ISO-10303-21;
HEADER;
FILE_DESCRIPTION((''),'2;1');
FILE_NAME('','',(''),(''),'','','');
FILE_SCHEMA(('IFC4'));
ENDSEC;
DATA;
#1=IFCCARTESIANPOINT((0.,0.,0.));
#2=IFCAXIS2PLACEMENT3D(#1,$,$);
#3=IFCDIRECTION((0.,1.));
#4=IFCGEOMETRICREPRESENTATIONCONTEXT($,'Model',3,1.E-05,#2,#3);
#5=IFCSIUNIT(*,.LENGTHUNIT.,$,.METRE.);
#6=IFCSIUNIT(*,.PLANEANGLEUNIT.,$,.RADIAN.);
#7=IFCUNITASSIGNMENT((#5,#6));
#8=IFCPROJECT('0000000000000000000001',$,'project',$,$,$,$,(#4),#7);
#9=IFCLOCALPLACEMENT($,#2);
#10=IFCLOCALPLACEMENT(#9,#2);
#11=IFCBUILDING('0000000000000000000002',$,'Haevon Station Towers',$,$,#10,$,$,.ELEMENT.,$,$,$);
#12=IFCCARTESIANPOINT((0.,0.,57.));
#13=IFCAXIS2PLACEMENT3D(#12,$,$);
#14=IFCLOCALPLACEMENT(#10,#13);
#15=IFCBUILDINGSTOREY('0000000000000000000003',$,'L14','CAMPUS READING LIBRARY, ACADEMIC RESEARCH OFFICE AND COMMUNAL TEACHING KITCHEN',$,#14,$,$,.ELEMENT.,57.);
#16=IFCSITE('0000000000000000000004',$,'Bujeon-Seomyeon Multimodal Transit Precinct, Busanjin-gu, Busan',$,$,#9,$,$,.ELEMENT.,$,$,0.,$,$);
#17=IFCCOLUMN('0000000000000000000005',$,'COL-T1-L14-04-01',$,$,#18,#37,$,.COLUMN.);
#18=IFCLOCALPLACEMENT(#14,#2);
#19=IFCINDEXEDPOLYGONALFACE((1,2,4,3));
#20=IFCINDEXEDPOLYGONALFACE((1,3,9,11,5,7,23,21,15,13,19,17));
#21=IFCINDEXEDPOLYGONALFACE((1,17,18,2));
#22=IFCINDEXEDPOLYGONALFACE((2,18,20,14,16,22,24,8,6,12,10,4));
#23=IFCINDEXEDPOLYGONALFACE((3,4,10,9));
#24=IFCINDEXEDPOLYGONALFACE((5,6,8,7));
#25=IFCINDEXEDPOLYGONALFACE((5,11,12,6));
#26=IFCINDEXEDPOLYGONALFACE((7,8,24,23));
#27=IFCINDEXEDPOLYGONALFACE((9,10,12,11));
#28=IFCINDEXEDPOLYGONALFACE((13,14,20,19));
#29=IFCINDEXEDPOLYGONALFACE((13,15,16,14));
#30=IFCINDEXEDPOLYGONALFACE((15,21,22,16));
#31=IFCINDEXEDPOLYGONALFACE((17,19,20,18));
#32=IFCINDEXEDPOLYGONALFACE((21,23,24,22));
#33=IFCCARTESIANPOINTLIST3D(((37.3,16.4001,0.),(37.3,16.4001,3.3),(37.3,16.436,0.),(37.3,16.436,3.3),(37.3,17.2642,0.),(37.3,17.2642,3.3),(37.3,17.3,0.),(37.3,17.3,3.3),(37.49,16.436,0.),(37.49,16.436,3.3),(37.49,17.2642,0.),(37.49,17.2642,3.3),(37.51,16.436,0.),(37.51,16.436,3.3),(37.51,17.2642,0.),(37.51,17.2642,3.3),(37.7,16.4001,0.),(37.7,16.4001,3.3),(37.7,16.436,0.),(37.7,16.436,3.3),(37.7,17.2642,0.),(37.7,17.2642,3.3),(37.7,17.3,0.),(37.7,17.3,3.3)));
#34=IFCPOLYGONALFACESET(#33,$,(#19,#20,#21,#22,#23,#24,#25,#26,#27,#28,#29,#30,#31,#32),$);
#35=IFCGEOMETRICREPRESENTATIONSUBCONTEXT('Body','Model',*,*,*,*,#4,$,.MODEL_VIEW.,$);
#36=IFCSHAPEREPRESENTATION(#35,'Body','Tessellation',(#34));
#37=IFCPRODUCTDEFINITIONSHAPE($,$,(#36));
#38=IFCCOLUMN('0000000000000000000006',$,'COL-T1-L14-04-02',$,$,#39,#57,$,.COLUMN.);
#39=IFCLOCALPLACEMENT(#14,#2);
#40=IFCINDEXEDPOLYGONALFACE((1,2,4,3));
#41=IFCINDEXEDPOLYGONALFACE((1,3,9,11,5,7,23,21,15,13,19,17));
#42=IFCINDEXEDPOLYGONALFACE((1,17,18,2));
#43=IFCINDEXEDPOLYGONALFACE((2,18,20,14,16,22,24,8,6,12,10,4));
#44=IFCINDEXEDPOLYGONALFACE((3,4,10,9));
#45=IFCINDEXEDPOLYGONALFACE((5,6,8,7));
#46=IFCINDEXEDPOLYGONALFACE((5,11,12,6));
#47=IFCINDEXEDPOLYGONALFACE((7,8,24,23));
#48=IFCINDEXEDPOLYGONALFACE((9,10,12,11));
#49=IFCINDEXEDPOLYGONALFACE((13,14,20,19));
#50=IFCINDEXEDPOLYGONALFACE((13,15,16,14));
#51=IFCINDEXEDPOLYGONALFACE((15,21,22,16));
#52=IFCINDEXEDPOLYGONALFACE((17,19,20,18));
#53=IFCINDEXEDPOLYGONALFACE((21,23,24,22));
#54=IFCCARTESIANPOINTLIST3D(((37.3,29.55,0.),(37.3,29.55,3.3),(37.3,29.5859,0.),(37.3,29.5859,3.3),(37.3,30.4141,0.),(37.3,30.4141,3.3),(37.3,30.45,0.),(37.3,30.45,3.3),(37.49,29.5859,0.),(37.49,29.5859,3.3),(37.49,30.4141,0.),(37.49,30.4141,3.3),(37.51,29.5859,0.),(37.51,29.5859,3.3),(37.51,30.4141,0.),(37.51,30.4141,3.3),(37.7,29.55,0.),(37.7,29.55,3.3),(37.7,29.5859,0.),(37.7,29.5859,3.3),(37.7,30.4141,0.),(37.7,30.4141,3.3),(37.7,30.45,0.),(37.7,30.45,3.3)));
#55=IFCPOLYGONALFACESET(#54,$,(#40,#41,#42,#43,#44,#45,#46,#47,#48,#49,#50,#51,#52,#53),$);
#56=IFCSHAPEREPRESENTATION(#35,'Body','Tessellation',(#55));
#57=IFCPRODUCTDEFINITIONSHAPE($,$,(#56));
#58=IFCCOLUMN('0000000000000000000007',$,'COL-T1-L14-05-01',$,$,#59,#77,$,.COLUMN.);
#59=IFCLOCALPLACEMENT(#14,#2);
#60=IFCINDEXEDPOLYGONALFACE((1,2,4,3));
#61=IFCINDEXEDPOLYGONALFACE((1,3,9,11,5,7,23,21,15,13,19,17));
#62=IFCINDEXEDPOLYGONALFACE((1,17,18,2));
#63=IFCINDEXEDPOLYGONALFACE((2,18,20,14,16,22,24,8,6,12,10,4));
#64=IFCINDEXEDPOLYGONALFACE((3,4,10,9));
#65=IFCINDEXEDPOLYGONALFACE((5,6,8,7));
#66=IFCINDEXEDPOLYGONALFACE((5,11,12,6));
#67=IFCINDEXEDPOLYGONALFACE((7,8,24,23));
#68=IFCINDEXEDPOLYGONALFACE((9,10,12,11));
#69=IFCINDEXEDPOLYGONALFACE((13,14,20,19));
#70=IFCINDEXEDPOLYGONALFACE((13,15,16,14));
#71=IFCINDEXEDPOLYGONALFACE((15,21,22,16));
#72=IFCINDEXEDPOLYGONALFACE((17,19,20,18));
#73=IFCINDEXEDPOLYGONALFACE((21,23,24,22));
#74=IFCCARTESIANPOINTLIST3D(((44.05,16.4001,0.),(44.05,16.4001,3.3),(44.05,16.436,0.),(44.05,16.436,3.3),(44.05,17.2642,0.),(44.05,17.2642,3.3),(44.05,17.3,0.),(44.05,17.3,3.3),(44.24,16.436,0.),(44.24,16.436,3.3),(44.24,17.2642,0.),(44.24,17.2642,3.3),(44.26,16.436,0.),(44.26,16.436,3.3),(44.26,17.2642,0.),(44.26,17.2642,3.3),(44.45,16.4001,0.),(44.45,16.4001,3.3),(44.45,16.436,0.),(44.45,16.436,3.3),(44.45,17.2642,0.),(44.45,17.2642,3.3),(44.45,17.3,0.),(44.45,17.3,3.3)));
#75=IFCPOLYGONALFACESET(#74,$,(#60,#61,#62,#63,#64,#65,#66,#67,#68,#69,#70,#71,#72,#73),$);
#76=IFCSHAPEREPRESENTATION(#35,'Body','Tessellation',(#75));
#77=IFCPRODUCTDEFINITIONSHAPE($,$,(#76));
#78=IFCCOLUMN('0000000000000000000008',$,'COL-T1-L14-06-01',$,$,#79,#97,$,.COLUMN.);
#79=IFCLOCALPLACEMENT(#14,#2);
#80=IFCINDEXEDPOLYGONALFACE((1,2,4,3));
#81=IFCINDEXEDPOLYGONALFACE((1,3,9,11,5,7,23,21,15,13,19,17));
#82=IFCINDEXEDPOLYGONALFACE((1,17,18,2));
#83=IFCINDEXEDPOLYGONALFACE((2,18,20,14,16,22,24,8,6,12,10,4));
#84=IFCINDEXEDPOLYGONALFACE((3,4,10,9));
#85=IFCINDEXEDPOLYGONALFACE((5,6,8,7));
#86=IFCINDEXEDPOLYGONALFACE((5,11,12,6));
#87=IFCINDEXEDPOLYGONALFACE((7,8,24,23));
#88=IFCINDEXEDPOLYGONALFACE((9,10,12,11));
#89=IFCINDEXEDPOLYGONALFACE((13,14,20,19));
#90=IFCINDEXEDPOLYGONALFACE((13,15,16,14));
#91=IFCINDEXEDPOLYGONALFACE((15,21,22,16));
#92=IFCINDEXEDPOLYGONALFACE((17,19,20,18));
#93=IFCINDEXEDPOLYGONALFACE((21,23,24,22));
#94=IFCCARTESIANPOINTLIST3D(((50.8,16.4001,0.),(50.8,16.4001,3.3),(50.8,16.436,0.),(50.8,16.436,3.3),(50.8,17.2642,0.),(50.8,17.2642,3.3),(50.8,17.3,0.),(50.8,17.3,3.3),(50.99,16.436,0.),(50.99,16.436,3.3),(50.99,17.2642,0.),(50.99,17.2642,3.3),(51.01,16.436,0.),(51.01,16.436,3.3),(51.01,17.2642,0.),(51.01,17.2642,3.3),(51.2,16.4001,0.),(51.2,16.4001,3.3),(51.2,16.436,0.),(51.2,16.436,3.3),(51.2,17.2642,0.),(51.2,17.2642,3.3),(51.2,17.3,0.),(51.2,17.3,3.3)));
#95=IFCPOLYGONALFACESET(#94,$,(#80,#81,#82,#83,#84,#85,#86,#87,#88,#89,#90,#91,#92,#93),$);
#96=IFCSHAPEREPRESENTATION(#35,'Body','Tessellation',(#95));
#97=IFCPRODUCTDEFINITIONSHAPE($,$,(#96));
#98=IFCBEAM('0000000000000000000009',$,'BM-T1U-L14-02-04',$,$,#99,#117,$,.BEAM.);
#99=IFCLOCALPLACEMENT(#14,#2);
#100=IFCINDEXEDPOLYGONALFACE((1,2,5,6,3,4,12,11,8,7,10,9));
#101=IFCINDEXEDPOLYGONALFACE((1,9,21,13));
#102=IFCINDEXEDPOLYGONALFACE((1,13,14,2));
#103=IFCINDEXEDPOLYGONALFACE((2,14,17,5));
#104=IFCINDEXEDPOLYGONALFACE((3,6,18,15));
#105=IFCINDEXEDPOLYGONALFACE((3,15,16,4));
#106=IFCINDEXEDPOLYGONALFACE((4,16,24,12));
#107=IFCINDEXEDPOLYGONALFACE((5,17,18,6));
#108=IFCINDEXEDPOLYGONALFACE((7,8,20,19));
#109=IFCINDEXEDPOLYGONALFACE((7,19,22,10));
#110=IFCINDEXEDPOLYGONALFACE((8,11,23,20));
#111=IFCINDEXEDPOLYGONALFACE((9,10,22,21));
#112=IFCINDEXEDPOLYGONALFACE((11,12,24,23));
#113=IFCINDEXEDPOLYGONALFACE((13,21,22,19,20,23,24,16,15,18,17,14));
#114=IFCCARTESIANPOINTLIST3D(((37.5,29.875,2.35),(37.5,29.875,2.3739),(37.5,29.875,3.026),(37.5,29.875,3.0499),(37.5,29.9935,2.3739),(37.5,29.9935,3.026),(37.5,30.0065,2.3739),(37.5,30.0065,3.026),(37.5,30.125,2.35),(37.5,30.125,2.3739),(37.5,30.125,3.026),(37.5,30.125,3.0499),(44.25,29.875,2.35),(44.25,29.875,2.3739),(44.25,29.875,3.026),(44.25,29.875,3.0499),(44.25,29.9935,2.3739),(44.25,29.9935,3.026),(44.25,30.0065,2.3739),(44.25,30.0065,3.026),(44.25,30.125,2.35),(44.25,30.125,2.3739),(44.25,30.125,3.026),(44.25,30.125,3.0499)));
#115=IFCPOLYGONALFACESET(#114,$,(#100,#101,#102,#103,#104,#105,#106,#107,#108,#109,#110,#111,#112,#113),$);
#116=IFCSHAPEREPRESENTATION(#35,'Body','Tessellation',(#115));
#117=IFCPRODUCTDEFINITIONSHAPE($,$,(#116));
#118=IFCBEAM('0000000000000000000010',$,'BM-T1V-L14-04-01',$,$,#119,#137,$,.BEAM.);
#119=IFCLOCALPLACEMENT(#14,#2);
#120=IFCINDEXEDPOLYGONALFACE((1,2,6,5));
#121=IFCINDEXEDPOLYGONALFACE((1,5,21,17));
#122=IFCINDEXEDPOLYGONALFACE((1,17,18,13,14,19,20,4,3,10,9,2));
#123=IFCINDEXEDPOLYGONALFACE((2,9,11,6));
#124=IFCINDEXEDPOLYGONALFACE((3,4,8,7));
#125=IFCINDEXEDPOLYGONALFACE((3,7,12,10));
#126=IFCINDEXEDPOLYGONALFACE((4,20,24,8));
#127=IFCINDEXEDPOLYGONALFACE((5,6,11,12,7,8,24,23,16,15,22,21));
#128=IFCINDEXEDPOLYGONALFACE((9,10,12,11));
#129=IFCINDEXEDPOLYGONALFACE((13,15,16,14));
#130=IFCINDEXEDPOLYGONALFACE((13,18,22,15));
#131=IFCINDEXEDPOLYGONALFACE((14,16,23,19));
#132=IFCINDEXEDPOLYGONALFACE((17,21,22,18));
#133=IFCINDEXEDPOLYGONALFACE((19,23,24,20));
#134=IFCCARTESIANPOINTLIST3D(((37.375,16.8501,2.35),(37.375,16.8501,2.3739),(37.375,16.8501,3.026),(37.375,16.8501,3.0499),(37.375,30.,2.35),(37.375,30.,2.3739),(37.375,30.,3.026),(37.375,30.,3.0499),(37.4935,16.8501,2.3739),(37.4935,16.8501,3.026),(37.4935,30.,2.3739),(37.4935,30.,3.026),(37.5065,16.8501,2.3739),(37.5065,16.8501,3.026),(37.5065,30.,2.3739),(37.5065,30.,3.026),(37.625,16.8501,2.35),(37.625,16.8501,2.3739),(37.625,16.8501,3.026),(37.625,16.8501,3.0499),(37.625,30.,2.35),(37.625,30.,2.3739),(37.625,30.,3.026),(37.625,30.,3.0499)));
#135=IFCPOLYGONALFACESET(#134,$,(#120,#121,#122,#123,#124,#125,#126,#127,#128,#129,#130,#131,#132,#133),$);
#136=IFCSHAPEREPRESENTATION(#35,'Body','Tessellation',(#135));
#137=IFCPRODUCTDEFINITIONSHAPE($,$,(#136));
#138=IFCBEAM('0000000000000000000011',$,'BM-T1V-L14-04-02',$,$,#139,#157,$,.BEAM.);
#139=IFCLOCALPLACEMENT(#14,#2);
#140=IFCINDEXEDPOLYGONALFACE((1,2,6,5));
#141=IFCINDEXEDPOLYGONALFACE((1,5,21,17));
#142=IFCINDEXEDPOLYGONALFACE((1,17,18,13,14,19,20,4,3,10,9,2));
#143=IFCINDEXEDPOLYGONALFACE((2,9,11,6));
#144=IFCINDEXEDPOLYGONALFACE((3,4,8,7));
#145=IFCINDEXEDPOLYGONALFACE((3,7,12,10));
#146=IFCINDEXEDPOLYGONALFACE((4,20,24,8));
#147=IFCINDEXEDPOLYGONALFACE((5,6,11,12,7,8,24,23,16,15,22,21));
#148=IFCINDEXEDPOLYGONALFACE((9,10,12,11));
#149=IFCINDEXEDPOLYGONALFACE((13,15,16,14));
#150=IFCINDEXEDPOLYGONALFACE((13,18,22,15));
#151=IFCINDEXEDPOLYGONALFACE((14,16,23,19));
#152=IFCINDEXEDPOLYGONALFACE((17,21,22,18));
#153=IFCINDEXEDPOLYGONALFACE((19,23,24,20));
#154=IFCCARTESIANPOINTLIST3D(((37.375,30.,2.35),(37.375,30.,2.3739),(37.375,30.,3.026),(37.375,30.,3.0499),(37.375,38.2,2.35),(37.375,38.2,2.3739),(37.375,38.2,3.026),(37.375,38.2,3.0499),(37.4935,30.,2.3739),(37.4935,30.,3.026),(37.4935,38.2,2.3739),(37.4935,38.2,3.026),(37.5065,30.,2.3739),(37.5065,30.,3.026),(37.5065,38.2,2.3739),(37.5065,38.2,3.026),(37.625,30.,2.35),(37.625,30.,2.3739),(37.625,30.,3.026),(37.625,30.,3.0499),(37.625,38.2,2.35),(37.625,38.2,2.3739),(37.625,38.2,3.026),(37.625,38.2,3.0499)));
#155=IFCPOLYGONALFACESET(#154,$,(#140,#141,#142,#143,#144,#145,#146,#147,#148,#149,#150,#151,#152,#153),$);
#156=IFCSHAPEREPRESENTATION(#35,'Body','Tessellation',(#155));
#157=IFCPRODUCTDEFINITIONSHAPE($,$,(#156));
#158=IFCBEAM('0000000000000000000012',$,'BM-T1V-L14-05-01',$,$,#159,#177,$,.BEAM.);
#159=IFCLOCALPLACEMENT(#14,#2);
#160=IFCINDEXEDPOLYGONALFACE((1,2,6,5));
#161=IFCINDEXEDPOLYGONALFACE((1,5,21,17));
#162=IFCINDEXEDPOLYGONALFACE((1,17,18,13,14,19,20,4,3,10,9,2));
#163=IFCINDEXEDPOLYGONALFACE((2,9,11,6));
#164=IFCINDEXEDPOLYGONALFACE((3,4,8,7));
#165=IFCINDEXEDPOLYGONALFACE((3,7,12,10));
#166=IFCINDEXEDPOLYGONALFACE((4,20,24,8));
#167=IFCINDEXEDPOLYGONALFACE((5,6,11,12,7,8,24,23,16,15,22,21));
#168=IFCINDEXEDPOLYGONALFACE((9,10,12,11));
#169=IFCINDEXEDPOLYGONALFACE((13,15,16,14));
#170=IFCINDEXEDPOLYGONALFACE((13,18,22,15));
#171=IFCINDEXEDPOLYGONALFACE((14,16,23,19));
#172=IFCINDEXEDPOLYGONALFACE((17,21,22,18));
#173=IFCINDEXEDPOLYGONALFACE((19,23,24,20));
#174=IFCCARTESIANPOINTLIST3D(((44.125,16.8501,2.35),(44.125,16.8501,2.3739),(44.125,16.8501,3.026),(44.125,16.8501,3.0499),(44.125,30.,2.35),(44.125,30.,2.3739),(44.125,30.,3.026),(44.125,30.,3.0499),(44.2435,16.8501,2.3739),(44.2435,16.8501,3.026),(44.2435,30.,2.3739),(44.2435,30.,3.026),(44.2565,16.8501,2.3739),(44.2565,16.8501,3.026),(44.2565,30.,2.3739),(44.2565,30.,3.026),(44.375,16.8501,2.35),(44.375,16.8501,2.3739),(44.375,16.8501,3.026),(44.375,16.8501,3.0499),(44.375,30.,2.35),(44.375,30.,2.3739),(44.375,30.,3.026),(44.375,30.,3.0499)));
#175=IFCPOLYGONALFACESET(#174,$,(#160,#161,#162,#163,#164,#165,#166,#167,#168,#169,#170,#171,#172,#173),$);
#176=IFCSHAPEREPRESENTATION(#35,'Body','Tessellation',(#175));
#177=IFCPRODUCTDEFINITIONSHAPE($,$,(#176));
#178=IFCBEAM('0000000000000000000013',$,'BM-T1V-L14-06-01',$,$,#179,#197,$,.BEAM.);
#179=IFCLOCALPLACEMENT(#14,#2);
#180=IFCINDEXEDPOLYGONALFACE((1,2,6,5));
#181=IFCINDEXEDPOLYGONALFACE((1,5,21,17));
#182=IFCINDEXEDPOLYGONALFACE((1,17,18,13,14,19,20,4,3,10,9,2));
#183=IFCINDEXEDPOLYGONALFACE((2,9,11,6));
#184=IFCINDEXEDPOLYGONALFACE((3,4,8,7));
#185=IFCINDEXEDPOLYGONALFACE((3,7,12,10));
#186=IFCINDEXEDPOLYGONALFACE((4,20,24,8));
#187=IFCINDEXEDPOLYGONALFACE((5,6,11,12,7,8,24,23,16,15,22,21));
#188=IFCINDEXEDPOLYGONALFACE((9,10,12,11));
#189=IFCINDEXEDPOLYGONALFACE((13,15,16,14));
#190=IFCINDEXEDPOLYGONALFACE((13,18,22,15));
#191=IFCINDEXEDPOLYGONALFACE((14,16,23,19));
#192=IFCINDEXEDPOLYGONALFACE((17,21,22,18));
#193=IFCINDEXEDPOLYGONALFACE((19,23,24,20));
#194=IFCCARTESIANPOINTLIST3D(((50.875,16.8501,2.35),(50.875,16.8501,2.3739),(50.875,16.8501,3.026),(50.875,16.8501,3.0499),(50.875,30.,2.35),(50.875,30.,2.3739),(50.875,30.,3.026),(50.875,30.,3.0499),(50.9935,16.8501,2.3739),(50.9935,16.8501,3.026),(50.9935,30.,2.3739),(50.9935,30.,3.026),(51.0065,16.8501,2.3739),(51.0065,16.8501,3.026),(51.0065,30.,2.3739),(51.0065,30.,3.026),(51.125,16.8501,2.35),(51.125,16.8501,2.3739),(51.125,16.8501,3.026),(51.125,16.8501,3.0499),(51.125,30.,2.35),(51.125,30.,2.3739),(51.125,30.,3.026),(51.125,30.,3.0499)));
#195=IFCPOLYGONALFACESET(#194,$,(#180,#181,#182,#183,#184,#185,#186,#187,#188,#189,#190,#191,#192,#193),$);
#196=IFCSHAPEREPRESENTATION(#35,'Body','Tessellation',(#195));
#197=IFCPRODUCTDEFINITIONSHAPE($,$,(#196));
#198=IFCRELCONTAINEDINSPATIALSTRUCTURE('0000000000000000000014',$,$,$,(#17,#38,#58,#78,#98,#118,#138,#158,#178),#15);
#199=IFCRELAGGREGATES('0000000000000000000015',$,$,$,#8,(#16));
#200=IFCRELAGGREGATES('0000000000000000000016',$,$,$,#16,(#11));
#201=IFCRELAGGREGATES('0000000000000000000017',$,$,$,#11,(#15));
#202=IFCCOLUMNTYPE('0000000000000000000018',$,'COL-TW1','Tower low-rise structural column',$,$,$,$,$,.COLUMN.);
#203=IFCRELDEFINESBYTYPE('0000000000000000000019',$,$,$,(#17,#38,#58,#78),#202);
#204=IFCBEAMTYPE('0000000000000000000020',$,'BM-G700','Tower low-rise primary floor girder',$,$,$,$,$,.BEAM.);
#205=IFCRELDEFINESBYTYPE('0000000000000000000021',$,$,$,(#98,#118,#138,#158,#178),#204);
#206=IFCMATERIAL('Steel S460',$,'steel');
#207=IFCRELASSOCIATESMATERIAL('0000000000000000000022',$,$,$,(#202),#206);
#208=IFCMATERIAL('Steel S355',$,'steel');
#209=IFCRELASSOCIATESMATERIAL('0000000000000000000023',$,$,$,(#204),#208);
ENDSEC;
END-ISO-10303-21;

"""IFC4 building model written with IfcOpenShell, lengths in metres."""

from ifc_helpers import new_model, si_unit, direction, frame, origin, origin_2d, place, context, subcontext, project, spatial, i_section, extrude, material, material_profile, profile_set, type_object, element, save


model = new_model("IFC4")

# Units and contexts
model_context = context("Model", 3, precision=1e-05, world=origin(), true_north=direction((0.0, 1.0)))
body_context = subcontext(model_context, "Body", "Model", "MODEL_VIEW")
ifc_project = project(units=[si_unit("LENGTHUNIT", "METRE"), si_unit("PLANEANGLEUNIT", "RADIAN")], contexts=[model_context])

# Site, building, storey
site_placement = place(None, origin())
site = spatial("IfcSite", under=ifc_project, at=site_placement, Name="Bujeon-Seomyeon Multimodal Transit Precinct, Busanjin-gu, Busan", CompositionType="ELEMENT", RefElevation=0.0)
building_placement = place(site_placement, origin())
building = spatial("IfcBuilding", under=site, at=building_placement, Name="Haevon Station Towers", CompositionType="ELEMENT")
storey_placement = place(building_placement, frame((0.0, 0.0, 57.0)))
storey = spatial("IfcBuildingStorey", under=building, at=storey_placement, Name="L14", Description="CAMPUS READING LIBRARY, ACADEMIC RESEARCH OFFICE AND COMMUNAL TEACHING KITCHEN", CompositionType="ELEMENT", Elevation=57.0)

# Columns
ifc_material_1 = material(Name="Steel S460", Category="steel")
ifc_material_profile_1 = material_profile(ifc_material_1, i_section(OverallWidth=0.3999, OverallDepth=0.8999, WebThickness=0.02, FlangeThickness=0.0359, at=origin_2d()), Name="H-900x400x20x36")
ifc_profile_set_1 = profile_set([ifc_material_profile_1], Name="Steel S460")
column_type = type_object("IfcColumnType", Name="COL-TW1", Description="Tower low-rise structural column", PredefinedType="COLUMN", material=ifc_profile_set_1)
for number, where, z_axis, x_axis, name in (
    (1, (37.5, 16.8501, 0.0), (0.0, 0.0, 1.0), (1.0, 0.0, 0.0), "COL-T1-L14-04-01"),
    (2, (37.5, 30.0, 0.0), (0.0, 0.0, 1.0), (1.0, 0.0, 0.0), "COL-T1-L14-04-02"),
    (3, (44.25, 16.8501, 0.0), (0.0, 0.0, 1.0), (1.0, 0.0, 0.0), "COL-T1-L14-05-01"),
    (4, (51.0, 16.8501, 0.0), (0.0, 0.0, 1.0), (1.0, 0.0, 0.0), "COL-T1-L14-06-01"),
):
    element("IfcColumn", number, at=place(storey_placement, frame(where, z_axis=z_axis, x_axis=x_axis)), inside=storey, type_object=column_type, Name=name, PredefinedType="COLUMN", context=body_context, shape_type="SweptSolid", body=[
        extrude(i_section(OverallWidth=0.3999, OverallDepth=0.8999, WebThickness=0.02, FlangeThickness=0.0359, at=origin_2d()), origin(), (0.0, 0.0, 1.0), 3.3),
    ])

# Beams
ifc_material_2 = material(Name="Steel S355", Category="steel")
ifc_material_profile_2 = material_profile(ifc_material_2, i_section(OverallWidth=0.25, OverallDepth=0.7, WebThickness=0.0129, FlangeThickness=0.0239, at=origin_2d()), Name="H-700x250x13x24")
ifc_profile_set_2 = profile_set([ifc_material_profile_2], Name="Steel S355")
beam_type_1 = type_object("IfcBeamType", Name="BM-G700", Description="Tower low-rise primary floor girder", PredefinedType="BEAM", material=ifc_profile_set_2)
beam_1_placement = place(storey_placement, frame((37.5, 30.0, 2.7), z_axis=(1.0, 0.0, 0.0), x_axis=(0.0, 1.0, 0.0)))
element("IfcBeam", 5, at=beam_1_placement, inside=storey, type_object=beam_type_1, Name="BM-T1U-L14-02-04", PredefinedType="BEAM", context=body_context, shape_type="SweptSolid", body=[
    extrude(i_section(OverallWidth=0.25, OverallDepth=0.7, WebThickness=0.0129, FlangeThickness=0.0239, at=origin_2d()), origin(), (0.0, 0.0, 1.0), 6.75),
])
beam_2_placement = place(storey_placement, frame((37.5, 16.8501, 2.7), z_axis=(0.0, 1.0, 0.0), x_axis=(-1.0, 0.0, 0.0)))
element("IfcBeam", 6, at=beam_2_placement, inside=storey, type_object=beam_type_1, Name="BM-T1V-L14-04-01", PredefinedType="BEAM", context=body_context, shape_type="SweptSolid", body=[
    extrude(i_section(OverallWidth=0.25, OverallDepth=0.7, WebThickness=0.0129, FlangeThickness=0.0239, at=origin_2d()), origin(), (0.0, 0.0, 1.0), 13.1499),
])
beam_3_placement = place(storey_placement, frame((37.5, 30.0, 2.7), z_axis=(0.0, 1.0, 0.0), x_axis=(-1.0, 0.0, 0.0)))
element("IfcBeam", 7, at=beam_3_placement, inside=storey, type_object=beam_type_1, Name="BM-T1V-L14-04-02", PredefinedType="BEAM", context=body_context, shape_type="SweptSolid", body=[
    extrude(i_section(OverallWidth=0.25, OverallDepth=0.7, WebThickness=0.0129, FlangeThickness=0.0239, at=origin_2d()), origin(), (0.0, 0.0, 1.0), 8.2),
])
for number, where, z_axis, x_axis, name in (
    (8, (44.25, 16.8501, 2.7), (0.0, 1.0, 0.0), (-1.0, 0.0, 0.0), "BM-T1V-L14-05-01"),
    (9, (51.0, 16.8501, 2.7), (0.0, 1.0, 0.0), (-1.0, 0.0, 0.0), "BM-T1V-L14-06-01"),
):
    element("IfcBeam", number, at=place(storey_placement, frame(where, z_axis=z_axis, x_axis=x_axis)), inside=storey, type_object=beam_type_1, Name=name, PredefinedType="BEAM", context=body_context, shape_type="SweptSolid", body=[
        extrude(i_section(OverallWidth=0.25, OverallDepth=0.7, WebThickness=0.0129, FlangeThickness=0.0239, at=origin_2d()), origin(), (0.0, 0.0, 1.0), 13.1499),
    ])

save(model, "model.ifc")
